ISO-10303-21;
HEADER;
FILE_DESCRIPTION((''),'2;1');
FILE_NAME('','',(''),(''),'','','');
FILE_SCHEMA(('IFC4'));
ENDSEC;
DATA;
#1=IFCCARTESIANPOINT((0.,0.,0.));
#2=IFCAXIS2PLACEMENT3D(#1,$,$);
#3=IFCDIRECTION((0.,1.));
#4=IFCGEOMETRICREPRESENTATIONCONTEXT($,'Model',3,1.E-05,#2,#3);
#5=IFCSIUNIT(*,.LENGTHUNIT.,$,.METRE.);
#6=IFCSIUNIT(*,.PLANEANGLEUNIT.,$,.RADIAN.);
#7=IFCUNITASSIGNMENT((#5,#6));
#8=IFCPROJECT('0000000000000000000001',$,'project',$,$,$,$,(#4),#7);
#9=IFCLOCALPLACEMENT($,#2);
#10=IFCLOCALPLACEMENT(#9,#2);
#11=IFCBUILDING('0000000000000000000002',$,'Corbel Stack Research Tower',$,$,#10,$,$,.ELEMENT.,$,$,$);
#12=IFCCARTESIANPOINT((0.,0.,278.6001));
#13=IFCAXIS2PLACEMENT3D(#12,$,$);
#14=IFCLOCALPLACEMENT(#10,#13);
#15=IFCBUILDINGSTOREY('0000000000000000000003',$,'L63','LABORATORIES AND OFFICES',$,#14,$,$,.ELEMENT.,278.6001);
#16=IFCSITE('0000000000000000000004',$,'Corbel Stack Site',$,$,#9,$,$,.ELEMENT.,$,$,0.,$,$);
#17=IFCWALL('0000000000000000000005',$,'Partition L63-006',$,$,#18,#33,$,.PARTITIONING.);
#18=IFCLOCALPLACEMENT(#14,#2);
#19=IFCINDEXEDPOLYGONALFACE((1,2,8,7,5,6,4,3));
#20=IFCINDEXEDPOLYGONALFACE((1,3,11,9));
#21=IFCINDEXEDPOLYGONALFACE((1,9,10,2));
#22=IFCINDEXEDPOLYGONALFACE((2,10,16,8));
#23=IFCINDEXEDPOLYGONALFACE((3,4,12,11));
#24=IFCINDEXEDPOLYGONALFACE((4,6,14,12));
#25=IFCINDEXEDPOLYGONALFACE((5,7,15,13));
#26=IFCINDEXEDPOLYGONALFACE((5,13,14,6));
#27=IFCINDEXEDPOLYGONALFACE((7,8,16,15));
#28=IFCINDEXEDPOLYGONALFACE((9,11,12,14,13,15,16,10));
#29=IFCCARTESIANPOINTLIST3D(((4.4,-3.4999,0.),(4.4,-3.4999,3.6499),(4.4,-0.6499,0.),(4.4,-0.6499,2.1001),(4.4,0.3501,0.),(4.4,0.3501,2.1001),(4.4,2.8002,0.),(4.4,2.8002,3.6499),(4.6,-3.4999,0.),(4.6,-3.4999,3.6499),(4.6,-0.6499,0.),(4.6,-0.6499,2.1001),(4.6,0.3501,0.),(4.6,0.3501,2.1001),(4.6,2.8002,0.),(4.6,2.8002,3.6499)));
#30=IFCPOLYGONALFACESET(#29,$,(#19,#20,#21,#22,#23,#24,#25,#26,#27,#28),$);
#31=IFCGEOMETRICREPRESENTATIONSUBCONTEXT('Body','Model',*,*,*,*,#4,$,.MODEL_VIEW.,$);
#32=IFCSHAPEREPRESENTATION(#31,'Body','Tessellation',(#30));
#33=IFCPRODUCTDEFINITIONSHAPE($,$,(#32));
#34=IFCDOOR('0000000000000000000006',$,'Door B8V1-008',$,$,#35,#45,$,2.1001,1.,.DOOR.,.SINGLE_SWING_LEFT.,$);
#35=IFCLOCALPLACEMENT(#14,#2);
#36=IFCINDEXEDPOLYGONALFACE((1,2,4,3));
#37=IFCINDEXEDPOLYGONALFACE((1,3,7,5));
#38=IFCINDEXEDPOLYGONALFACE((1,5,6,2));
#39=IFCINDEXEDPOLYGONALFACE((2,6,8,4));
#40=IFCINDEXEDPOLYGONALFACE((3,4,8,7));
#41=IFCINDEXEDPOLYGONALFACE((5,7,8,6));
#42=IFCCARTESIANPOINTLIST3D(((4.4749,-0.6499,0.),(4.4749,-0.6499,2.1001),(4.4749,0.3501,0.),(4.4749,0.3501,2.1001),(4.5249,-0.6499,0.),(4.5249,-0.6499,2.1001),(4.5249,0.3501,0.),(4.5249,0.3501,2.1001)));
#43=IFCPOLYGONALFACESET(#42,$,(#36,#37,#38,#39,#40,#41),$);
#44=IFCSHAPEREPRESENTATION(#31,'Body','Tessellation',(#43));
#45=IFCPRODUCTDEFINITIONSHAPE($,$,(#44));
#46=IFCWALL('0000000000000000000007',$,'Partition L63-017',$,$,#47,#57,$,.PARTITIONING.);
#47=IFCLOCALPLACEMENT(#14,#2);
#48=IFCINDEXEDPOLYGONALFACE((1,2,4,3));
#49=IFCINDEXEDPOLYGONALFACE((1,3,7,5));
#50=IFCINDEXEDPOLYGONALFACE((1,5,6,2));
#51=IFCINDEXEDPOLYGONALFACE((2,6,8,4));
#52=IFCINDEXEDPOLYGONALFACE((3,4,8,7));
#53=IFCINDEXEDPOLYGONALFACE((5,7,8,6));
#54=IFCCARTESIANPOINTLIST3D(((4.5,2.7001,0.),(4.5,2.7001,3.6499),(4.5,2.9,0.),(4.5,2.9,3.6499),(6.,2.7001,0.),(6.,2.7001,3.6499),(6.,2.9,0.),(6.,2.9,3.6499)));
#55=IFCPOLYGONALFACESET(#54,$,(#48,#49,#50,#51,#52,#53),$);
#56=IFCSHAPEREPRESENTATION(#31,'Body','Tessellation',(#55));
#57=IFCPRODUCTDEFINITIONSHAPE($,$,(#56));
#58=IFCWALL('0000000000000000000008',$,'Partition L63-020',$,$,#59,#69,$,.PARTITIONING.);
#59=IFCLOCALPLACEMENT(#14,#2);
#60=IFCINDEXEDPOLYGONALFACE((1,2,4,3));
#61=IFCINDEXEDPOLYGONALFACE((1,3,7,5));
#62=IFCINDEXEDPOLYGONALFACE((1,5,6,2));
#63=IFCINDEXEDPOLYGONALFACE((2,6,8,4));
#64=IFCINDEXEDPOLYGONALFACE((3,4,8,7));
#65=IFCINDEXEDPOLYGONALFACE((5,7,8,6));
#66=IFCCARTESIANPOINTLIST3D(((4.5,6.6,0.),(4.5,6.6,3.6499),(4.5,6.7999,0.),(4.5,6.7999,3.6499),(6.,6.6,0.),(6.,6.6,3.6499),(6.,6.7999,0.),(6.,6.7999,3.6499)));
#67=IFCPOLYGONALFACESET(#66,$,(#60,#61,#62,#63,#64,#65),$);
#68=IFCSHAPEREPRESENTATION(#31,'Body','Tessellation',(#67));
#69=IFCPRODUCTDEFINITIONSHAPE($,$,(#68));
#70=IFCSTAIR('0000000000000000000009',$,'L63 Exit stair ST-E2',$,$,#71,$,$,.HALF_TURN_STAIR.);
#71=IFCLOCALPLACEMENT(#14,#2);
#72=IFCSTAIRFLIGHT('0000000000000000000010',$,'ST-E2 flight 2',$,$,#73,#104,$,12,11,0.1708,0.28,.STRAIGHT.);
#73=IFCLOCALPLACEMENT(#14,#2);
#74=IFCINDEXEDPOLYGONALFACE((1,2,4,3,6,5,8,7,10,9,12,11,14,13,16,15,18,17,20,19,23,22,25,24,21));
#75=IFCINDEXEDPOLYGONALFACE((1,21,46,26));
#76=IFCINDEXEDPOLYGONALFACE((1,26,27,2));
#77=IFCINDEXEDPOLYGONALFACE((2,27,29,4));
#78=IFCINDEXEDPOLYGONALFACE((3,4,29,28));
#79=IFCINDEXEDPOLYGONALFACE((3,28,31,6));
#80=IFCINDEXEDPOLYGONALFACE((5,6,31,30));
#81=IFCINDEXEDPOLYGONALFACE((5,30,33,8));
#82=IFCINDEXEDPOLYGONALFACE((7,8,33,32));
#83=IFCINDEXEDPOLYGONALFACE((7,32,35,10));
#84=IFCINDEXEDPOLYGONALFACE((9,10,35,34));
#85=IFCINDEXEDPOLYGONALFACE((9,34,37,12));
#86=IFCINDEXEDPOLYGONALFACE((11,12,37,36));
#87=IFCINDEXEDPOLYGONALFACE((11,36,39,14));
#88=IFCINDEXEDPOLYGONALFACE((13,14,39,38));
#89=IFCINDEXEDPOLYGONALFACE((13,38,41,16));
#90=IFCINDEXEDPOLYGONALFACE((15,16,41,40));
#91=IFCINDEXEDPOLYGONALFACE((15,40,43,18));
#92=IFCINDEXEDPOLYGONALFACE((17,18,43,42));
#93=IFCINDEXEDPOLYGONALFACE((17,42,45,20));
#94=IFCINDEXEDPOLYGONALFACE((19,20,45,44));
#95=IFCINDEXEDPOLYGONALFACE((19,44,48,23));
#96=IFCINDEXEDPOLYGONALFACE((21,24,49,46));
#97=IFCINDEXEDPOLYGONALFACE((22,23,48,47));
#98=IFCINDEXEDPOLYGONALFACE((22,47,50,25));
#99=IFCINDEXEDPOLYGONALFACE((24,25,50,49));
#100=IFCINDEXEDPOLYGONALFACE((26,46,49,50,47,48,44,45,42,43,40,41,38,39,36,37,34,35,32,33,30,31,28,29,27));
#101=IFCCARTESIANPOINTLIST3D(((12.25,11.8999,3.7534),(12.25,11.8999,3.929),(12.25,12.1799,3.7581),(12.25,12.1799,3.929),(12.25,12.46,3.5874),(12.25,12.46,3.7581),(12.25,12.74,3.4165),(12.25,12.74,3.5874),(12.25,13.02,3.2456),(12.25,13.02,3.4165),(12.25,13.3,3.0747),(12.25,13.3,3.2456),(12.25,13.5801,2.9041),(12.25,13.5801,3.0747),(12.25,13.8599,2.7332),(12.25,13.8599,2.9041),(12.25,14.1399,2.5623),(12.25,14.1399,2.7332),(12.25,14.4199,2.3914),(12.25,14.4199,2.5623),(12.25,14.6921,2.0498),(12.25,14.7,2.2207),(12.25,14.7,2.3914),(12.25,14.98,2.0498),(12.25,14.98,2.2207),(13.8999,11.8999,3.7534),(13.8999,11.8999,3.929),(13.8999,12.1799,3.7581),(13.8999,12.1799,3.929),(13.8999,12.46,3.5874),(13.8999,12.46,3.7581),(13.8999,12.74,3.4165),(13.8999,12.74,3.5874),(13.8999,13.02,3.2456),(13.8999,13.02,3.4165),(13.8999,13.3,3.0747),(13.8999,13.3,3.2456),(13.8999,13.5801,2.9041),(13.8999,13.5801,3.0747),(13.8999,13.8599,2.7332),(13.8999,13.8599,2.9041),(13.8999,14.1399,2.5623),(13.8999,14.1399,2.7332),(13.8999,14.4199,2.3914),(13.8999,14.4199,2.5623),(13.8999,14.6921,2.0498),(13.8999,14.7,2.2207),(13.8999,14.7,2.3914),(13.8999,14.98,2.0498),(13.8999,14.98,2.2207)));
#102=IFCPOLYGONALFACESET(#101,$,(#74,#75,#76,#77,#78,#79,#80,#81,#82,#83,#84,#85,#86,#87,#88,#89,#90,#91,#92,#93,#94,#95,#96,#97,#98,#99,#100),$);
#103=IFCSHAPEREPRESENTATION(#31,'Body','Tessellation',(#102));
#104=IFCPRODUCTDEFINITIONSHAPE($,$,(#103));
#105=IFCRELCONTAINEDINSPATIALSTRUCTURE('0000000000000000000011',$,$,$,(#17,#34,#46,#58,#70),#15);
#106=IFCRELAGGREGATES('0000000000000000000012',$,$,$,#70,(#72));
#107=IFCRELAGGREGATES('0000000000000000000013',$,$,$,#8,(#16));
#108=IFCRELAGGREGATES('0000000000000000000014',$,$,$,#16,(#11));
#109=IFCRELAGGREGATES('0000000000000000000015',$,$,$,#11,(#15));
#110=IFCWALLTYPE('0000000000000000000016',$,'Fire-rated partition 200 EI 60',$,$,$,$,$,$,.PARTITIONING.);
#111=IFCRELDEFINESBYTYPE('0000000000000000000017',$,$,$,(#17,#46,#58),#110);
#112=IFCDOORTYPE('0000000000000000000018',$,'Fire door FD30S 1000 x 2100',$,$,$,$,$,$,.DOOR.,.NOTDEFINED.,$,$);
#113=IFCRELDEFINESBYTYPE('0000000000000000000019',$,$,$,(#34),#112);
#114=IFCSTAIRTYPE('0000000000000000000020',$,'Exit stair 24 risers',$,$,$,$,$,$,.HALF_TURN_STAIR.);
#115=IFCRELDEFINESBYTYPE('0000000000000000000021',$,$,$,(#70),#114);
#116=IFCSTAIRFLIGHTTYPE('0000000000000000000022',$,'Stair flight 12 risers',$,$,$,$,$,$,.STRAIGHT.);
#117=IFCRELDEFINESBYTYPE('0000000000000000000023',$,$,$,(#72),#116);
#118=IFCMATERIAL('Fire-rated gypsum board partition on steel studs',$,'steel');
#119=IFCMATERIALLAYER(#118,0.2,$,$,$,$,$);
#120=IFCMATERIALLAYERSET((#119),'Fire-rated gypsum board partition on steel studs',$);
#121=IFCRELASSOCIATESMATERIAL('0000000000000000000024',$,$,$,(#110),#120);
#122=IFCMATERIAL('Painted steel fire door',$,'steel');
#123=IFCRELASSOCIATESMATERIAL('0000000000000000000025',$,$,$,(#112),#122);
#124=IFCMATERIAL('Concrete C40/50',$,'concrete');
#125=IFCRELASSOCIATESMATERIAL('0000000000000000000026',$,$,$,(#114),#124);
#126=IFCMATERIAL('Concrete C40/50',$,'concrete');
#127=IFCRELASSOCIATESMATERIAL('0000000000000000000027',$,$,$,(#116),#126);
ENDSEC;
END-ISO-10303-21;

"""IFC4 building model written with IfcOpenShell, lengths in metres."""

from ifc_helpers import new_model, si_unit, direction, frame, frame_2d, origin, place, context, subcontext, project, spatial, polyline, rectangle, outline, extrude, material, layer, layer_set, type_object, element, fill, aggregate, save


model = new_model("IFC4")

# Units and contexts
model_context = context("Model", 3, precision=1e-05, world=origin(), true_north=direction((0.0, 1.0)))
body_context = subcontext(model_context, "Body", "Model", "MODEL_VIEW")
ifc_project = project(units=[si_unit("LENGTHUNIT", "METRE"), si_unit("PLANEANGLEUNIT", "RADIAN")], contexts=[model_context])

# Site, building, storey
site_placement = place(None, origin())
site = spatial("IfcSite", under=ifc_project, at=site_placement, Name="Corbel Stack Site", CompositionType="ELEMENT", RefElevation=0.0)
building_placement = place(site_placement, origin())
building = spatial("IfcBuilding", under=site, at=building_placement, Name="Corbel Stack Research Tower", CompositionType="ELEMENT")
storey_placement = place(building_placement, frame((0.0, 0.0, 278.6001)))
storey = spatial("IfcBuildingStorey", under=building, at=storey_placement, Name="L63", Description="LABORATORIES AND OFFICES", CompositionType="ELEMENT", Elevation=278.6001)

# Wall, opening, door
ifc_material_1 = material(Name="Fire-rated gypsum board partition on steel studs", Category="steel")
ifc_layer_1 = layer(ifc_material_1, 0.2)
ifc_layer_set_1 = layer_set([ifc_layer_1], Name="Fire-rated gypsum board partition on steel studs")
wall_type_1 = type_object("IfcWallType", Name="Fire-rated partition 200 EI 60", PredefinedType="PARTITIONING", material=ifc_layer_set_1)
wall_1_placement = place(storey_placement, frame((4.5, 2.8, 0.0), z_axis=(0.0, 0.0, 1.0), x_axis=(0.0, -1.0, 0.0)))
wall_1 = element("IfcWall", 1, at=wall_1_placement, inside=storey, type_object=wall_type_1, Name="Partition L63-006", PredefinedType="PARTITIONING", context=body_context, shape_type="SweptSolid", body=[
    extrude(rectangle(XDim=6.3, YDim=0.2, at=frame_2d((3.1499, 0.0))), origin(), (0.0, 0.0, 1.0), 3.6499),
])
opening_1_placement = place(wall_1_placement, frame((2.45, 0.0, 0.0)))
opening_1 = element("IfcOpeningElement", 2, at=opening_1_placement, cuts=wall_1, PredefinedType="OPENING", context=body_context, shape_type="SweptSolid", body=[
    extrude(rectangle(XDim=1.0, YDim=2.1001, at=frame_2d((0.5, 1.05))), frame((0.0, 0.1099, 0.0), z_axis=(0.0, -1.0, 0.0), x_axis=(1.0, 0.0, 0.0)), (0.0, 0.0, 1.0), 0.22),
])
ifc_material_2 = material(Name="Painted steel fire door", Category="steel")
door_type_1 = type_object("IfcDoorType", Name="Fire door FD30S 1000 x 2100", OperationType="NOTDEFINED", PredefinedType="DOOR", material=ifc_material_2)
door_1_placement = place(opening_1_placement, origin())
door_1 = element("IfcDoor", 3, at=door_1_placement, inside=storey, type_object=door_type_1, Name="Door B8V1-008", OperationType="SINGLE_SWING_LEFT", OverallHeight=2.1001, OverallWidth=1.0, PredefinedType="DOOR", context=body_context, shape_type="SweptSolid", body=[
    extrude(rectangle(XDim=1.0, YDim=2.1001, at=frame_2d((0.5, 1.05))), frame((0.0, 0.0249, 0.0), z_axis=(0.0, -1.0, 0.0), x_axis=(1.0, 0.0, 0.0)), (0.0, 0.0, 1.0), 0.05),
])
fill(opening_1, door_1)

# Walls
for number, where, z_axis, x_axis, name in (
    (4, (4.5, 2.8, 0.0), (0.0, 0.0, 1.0), (1.0, 0.0, 0.0), "Partition L63-017"),
    (5, (4.5, 6.7, 0.0), (0.0, 0.0, 1.0), (1.0, 0.0, 0.0), "Partition L63-020"),
):
    element("IfcWall", number, at=place(storey_placement, frame(where, z_axis=z_axis, x_axis=x_axis)), inside=storey, type_object=wall_type_1, Name=name, PredefinedType="PARTITIONING", context=body_context, shape_type="SweptSolid", body=[
        extrude(rectangle(XDim=1.5, YDim=0.2, at=frame_2d((0.75, 0.0))), origin(), (0.0, 0.0, 1.0), 3.6499),
    ])

# Stair, stair flight
ifc_material_3 = material(Name="Concrete C40/50", Category="concrete")
stair_type = type_object("IfcStairType", Name="Exit stair 24 risers", PredefinedType="HALF_TURN_STAIR", material=ifc_material_3)
stair_placement = place(storey_placement, origin())
stair = element("IfcStair", 6, at=stair_placement, inside=storey, type_object=stair_type, Name="L63 Exit stair ST-E2", PredefinedType="HALF_TURN_STAIR")
ifc_material_4 = material(Name="Concrete C40/50", Category="concrete")
stair_flight_type = type_object("IfcStairFlightType", Name="Stair flight 12 risers", PredefinedType="STRAIGHT", material=ifc_material_4)
stair_flight_placement = place(storey_placement, frame((13.075, 14.98, 2.0498), z_axis=(0.0, 0.0, 1.0), x_axis=(0.0, -1.0, 0.0)))
stair_flight = element("IfcStairFlight", 7, at=stair_flight_placement, type_object=stair_flight_type, Name="ST-E2 flight 2", NumberOfRisers=12, NumberOfTreads=11, PredefinedType="STRAIGHT", RiserHeight=0.1708, TreadLength=0.28, context=body_context, shape_type="SweptSolid", body=[
    extrude(outline(polyline([(0.0, 0.0), (0.0, 0.1709), (0.28, 0.1709), (0.28, 0.3416), (0.5601, 0.3416), (0.5601, 0.5125), (0.8401, 0.5125), (0.8401, 0.6833), (1.1201, 0.6833), (1.1201, 0.8542), (1.3999, 0.8542), (1.3999, 1.0249), (1.6799, 1.0249), (1.6799, 1.1958), (1.96, 1.1958), (1.96, 1.3667), (2.24, 1.3667), (2.24, 1.5376), (2.52, 1.5376), (2.52, 1.7083), (2.8, 1.7083), (2.8, 1.8792), (3.0801, 1.8792), (3.0801, 2.05), (3.0801, 1.7036), (0.2878, 0.0), (0.0, 0.0)])), frame((0.0, 0.825, 0.0), z_axis=(0.0, -1.0, 0.0), x_axis=(1.0, 0.0, 0.0)), (0.0, 0.0, 1.0), 1.6499),
])
aggregate(stair, [stair_flight])

save(model, "model.ifc")
